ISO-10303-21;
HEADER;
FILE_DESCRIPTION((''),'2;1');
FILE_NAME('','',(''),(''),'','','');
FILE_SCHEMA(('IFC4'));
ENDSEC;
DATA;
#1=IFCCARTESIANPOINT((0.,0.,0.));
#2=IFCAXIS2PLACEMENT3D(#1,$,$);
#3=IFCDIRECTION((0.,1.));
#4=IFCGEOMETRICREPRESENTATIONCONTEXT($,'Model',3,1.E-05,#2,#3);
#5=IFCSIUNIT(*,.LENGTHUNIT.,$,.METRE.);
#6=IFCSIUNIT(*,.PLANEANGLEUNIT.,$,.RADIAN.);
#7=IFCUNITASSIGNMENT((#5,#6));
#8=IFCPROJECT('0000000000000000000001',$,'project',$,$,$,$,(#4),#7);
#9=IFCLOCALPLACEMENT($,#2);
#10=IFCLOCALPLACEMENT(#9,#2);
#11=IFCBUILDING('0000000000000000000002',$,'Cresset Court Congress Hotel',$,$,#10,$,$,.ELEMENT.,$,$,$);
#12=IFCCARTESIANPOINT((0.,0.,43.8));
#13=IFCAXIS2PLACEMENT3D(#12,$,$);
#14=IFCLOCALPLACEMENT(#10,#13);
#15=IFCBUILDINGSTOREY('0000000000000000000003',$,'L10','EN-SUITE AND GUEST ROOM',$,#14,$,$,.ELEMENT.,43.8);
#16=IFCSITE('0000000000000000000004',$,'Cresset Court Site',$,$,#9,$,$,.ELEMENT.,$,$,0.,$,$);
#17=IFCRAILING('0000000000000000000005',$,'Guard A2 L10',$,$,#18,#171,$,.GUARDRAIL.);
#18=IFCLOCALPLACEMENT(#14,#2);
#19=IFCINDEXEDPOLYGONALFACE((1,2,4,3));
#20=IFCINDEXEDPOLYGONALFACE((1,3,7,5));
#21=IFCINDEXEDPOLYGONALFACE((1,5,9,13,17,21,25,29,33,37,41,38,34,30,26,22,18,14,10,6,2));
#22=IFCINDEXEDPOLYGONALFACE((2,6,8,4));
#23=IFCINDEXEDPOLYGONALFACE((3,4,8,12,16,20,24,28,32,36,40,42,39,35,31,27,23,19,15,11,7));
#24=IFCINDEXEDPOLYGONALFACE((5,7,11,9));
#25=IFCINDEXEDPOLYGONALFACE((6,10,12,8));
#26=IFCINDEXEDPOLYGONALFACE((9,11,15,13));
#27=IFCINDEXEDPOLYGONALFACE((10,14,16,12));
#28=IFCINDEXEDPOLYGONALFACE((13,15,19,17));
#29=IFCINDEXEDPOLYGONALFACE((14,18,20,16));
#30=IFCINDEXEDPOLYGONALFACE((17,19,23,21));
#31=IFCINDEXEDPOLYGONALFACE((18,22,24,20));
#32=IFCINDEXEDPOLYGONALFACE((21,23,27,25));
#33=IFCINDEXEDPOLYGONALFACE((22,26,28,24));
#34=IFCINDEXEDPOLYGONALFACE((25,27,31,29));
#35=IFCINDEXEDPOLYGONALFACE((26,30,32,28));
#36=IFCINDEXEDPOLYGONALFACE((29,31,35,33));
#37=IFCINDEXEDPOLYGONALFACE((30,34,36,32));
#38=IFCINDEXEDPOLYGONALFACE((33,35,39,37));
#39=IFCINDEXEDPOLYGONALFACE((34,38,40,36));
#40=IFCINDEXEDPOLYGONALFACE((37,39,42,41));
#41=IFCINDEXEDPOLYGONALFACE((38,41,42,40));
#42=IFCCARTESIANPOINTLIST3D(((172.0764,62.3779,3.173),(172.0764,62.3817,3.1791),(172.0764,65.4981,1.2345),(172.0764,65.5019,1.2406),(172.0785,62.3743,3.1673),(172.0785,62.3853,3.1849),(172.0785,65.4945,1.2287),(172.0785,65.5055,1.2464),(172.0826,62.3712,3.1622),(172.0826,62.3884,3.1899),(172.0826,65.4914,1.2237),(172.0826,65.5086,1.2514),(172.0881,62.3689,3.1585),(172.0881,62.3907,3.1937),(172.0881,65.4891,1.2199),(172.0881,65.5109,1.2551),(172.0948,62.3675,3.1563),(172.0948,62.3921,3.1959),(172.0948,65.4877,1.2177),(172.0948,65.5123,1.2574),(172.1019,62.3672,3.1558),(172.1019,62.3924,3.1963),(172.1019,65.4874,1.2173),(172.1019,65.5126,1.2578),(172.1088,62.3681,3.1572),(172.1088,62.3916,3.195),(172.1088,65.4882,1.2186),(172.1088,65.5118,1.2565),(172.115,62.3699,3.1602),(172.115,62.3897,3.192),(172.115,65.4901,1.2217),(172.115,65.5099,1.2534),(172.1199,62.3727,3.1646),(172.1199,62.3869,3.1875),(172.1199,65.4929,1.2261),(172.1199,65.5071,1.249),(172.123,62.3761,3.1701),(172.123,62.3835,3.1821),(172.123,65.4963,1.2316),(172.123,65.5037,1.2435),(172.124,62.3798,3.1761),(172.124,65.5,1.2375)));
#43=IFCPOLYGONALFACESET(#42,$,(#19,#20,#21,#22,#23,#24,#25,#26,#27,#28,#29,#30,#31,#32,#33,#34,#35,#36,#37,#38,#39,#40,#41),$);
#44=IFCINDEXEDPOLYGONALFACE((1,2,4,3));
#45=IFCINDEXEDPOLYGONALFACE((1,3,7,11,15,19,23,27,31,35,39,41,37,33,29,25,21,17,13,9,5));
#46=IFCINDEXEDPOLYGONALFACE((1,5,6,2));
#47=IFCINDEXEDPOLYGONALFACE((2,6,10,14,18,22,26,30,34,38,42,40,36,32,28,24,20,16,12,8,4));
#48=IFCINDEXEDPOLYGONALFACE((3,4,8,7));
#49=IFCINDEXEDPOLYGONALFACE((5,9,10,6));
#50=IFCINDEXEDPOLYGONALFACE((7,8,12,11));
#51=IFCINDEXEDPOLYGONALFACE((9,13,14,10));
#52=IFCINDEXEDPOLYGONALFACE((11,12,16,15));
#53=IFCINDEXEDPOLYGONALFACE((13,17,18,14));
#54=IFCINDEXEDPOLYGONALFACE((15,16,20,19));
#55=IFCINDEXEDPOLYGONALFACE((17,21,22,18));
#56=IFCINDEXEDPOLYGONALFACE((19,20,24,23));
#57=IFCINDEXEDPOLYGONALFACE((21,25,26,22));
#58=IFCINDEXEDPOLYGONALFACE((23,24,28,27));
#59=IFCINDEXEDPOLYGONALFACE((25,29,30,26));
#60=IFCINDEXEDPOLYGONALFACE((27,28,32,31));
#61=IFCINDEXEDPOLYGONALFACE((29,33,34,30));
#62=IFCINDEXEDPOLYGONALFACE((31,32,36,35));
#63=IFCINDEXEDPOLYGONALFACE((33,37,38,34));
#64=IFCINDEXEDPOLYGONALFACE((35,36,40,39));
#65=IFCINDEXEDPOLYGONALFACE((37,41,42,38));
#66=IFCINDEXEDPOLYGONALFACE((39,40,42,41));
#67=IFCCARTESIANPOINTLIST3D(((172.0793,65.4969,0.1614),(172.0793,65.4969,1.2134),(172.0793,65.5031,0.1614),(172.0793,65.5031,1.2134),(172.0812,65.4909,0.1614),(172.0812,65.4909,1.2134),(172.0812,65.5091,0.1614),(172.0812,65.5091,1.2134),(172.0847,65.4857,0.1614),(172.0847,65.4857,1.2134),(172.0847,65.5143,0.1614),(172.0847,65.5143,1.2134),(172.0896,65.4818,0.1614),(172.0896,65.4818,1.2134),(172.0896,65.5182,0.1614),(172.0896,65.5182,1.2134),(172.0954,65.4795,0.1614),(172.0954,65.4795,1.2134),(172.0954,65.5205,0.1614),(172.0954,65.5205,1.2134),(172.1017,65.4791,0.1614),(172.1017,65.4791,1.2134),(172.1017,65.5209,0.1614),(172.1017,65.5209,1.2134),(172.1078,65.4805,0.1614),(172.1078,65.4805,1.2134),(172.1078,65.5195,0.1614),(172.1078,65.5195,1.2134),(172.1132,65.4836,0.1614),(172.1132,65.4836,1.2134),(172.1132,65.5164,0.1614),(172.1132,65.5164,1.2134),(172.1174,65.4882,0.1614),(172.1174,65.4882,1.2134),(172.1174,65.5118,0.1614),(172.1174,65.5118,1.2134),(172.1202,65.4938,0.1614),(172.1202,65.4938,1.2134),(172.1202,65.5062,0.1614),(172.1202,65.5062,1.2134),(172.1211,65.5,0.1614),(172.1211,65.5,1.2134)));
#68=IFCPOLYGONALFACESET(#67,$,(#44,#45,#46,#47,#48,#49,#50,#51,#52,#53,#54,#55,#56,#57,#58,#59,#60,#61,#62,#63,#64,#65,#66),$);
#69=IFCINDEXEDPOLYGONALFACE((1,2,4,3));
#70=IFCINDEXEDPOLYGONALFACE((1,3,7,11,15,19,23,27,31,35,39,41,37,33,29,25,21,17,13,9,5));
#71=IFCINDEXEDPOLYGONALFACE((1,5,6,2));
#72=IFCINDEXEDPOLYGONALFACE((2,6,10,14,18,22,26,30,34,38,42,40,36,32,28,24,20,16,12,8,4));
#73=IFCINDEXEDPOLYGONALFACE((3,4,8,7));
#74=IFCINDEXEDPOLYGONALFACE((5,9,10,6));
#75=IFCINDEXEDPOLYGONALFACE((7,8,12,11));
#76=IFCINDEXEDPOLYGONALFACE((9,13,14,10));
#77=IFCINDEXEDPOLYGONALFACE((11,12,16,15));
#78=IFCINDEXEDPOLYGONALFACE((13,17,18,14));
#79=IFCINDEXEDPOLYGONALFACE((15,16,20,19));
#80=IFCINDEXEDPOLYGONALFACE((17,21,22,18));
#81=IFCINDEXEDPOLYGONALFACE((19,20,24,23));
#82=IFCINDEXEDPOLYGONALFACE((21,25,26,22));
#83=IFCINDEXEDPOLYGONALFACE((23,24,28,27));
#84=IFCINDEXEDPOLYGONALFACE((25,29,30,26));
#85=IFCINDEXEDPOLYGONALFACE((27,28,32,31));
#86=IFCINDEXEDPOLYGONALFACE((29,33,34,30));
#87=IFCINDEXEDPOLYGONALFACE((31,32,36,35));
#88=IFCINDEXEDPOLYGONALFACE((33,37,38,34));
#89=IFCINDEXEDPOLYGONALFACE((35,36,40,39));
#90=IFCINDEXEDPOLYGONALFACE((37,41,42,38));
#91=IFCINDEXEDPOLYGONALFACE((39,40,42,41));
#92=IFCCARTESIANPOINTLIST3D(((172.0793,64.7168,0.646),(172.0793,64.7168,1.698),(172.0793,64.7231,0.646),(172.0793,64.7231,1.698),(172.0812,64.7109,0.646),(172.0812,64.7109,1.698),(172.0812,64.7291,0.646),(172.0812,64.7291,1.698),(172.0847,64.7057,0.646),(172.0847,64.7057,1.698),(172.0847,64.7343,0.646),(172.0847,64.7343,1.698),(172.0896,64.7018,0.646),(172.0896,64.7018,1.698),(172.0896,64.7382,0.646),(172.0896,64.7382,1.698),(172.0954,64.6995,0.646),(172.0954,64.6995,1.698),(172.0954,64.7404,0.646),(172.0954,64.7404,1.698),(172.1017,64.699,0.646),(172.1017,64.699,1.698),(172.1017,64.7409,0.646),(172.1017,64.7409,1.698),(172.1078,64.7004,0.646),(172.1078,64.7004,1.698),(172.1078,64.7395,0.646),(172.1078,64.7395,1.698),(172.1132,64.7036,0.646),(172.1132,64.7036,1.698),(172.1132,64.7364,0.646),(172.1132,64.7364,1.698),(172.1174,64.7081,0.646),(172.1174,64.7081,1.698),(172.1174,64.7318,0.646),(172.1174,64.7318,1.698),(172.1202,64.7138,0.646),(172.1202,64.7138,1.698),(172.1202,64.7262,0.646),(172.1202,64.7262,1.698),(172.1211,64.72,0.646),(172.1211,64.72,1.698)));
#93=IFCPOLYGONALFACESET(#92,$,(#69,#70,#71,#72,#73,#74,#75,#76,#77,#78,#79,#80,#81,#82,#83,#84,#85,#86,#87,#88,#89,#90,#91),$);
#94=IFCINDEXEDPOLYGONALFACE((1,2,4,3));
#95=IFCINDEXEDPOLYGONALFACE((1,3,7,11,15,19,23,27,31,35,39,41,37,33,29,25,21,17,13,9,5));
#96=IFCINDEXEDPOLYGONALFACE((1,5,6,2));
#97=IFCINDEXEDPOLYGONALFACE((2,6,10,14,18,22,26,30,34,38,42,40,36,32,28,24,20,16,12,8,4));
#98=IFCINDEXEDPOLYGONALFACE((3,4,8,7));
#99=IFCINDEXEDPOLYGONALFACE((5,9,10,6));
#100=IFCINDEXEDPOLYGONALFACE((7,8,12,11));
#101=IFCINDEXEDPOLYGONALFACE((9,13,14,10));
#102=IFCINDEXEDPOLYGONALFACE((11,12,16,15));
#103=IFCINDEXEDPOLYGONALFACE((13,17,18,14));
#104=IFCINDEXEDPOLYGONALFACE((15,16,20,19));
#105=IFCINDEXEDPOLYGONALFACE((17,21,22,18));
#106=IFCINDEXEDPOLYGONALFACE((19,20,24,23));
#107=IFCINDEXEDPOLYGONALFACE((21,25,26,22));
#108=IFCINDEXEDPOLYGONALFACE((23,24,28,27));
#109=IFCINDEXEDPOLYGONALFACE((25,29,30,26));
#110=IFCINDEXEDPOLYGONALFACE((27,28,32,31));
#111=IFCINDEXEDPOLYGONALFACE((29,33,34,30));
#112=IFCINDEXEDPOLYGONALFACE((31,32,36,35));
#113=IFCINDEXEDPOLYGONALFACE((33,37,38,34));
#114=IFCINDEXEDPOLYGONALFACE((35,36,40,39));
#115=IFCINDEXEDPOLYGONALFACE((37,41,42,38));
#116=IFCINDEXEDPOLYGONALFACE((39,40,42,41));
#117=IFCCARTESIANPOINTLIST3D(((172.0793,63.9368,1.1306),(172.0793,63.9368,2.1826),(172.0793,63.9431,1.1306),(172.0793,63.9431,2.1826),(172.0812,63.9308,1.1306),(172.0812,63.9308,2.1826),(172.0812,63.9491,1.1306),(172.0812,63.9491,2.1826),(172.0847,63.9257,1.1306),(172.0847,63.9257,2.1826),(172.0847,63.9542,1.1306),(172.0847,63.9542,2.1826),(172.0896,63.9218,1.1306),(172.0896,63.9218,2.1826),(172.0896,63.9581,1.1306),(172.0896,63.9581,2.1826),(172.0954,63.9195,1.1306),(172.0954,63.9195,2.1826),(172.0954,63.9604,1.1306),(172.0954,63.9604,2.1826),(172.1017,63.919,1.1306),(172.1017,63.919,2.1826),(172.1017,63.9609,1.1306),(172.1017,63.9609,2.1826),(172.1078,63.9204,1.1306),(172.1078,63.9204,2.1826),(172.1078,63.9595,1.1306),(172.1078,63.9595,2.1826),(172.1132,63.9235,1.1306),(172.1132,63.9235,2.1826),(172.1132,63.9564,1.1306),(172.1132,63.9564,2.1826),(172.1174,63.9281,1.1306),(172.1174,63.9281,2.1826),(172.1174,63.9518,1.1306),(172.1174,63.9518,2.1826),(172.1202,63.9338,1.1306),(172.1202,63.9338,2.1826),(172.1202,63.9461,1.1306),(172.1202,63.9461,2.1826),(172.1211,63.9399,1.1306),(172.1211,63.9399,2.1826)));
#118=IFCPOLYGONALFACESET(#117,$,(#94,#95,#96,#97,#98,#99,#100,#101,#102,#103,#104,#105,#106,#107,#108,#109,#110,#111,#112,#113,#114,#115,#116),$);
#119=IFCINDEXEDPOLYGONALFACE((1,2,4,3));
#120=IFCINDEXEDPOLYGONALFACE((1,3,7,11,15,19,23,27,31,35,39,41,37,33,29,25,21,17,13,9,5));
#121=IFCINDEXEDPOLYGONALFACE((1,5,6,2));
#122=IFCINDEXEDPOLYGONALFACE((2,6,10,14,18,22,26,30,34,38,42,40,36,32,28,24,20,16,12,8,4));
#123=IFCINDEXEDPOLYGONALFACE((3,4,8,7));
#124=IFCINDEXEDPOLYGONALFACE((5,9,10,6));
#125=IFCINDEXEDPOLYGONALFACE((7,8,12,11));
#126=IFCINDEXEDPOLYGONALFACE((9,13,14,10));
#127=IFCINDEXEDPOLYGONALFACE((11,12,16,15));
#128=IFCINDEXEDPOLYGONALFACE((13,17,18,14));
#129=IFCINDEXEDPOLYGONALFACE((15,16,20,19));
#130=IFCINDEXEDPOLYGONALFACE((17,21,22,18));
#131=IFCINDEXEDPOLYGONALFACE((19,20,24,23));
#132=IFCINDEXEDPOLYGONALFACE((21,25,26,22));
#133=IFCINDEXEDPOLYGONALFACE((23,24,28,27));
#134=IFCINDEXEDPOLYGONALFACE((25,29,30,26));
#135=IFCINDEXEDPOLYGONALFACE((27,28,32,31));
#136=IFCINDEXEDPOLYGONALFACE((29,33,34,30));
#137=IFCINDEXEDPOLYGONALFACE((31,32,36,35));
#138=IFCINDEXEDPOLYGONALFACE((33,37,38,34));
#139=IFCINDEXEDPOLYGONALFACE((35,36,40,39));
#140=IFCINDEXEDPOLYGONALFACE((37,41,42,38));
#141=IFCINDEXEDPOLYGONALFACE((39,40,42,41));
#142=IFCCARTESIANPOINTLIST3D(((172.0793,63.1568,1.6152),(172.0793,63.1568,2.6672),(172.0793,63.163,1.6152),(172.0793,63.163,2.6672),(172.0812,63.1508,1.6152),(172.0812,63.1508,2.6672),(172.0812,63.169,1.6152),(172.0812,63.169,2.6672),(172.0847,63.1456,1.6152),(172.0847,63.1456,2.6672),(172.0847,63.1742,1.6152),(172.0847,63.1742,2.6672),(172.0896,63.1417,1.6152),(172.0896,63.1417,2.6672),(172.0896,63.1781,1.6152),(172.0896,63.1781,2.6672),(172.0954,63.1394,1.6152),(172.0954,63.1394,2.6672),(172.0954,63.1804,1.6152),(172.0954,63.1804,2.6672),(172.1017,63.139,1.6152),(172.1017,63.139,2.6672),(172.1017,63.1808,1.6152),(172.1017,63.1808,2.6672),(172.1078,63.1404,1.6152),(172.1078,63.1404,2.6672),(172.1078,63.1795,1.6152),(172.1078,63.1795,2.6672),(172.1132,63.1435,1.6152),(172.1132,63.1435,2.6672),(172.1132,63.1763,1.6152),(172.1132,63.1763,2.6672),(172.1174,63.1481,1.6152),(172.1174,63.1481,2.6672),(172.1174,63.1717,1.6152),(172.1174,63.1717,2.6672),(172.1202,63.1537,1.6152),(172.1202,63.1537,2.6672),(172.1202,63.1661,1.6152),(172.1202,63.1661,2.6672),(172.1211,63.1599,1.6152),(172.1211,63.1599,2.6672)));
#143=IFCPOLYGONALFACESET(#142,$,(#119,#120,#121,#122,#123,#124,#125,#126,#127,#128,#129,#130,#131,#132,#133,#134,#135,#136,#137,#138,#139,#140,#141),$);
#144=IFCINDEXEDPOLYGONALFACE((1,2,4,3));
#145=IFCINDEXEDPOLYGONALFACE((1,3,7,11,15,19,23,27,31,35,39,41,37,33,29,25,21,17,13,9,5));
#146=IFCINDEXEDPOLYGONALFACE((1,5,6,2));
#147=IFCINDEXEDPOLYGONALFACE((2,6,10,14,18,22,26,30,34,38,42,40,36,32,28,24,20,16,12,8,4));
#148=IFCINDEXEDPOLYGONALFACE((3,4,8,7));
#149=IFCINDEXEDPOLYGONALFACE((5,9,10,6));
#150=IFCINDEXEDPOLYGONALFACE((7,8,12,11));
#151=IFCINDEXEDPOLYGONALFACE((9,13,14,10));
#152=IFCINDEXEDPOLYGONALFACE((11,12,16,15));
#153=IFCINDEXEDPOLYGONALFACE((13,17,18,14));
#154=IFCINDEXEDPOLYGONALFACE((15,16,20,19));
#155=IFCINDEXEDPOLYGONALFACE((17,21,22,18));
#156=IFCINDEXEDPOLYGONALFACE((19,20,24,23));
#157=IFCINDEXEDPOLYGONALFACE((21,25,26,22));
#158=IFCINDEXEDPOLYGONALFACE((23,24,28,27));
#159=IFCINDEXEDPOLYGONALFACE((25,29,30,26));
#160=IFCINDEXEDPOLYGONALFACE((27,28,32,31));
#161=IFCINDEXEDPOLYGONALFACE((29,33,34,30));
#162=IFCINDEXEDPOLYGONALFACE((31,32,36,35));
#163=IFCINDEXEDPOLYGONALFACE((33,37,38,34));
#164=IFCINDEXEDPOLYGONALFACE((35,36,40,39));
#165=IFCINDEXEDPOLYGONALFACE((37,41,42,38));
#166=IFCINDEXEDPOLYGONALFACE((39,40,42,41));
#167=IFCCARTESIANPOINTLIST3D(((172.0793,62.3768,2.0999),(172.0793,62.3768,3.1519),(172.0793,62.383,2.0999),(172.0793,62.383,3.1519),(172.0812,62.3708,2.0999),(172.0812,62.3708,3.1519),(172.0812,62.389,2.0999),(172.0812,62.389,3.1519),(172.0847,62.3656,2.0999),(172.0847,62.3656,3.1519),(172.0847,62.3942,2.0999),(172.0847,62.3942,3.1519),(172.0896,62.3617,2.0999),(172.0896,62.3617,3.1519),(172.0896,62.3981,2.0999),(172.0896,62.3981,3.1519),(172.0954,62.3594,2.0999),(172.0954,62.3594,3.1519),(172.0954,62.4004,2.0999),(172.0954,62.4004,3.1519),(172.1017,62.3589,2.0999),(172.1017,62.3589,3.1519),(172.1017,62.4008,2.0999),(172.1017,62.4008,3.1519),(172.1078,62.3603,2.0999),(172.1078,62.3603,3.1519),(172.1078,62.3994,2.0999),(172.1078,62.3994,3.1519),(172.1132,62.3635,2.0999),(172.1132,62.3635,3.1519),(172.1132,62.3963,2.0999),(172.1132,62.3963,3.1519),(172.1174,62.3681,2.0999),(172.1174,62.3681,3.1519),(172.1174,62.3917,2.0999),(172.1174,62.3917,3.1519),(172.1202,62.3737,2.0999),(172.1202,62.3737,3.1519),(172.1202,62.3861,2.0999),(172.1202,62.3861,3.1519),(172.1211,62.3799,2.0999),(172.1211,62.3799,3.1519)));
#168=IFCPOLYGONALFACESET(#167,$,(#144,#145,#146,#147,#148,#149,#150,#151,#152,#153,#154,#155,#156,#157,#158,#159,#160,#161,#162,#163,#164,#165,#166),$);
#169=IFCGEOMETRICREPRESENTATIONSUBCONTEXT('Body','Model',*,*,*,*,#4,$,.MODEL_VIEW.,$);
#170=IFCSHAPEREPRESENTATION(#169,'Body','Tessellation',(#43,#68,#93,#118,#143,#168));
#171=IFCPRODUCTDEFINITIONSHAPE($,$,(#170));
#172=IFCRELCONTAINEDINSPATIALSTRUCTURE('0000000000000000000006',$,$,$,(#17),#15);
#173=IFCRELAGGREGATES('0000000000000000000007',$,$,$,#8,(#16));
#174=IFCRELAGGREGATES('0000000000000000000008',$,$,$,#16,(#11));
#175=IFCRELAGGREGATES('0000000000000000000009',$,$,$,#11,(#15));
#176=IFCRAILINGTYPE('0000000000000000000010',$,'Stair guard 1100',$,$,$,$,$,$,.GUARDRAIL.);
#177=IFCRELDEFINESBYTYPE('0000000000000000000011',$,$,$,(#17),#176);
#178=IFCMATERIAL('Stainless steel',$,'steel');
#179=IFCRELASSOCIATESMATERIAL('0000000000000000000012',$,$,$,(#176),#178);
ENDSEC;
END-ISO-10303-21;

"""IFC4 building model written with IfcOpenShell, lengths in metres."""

from ifc_helpers import new_model, si_unit, direction, frame, origin, origin_2d, place, context, subcontext, project, spatial, circle, extrude, material, type_object, element, save


model = new_model("IFC4")

# Units and contexts
model_context = context("Model", 3, precision=1e-05, world=origin(), true_north=direction((0.0, 1.0)))
body_context = subcontext(model_context, "Body", "Model", "MODEL_VIEW")
ifc_project = project(units=[si_unit("LENGTHUNIT", "METRE"), si_unit("PLANEANGLEUNIT", "RADIAN")], contexts=[model_context])

# Site, building, storey
site_placement = place(None, origin())
site = spatial("IfcSite", under=ifc_project, at=site_placement, Name="Cresset Court Site", CompositionType="ELEMENT", RefElevation=0.0)
building_placement = place(site_placement, origin())
building = spatial("IfcBuilding", under=site, at=building_placement, Name="Cresset Court Congress Hotel", CompositionType="ELEMENT")
storey_placement = place(building_placement, frame((0.0, 0.0, 43.8)))
storey = spatial("IfcBuildingStorey", under=building, at=storey_placement, Name="L10", Description="EN-SUITE AND GUEST ROOM", CompositionType="ELEMENT", Elevation=43.8)

# Railing
ifc_material_1 = material(Name="Stainless steel", Category="steel")
railing_type_1 = type_object("IfcRailingType", Name="Stair guard 1100", PredefinedType="GUARDRAIL", material=ifc_material_1)
railing_1_placement = place(storey_placement, frame((172.1001, 65.5, 0.1614)))
element("IfcRailing", 1, at=railing_1_placement, inside=storey, type_object=railing_type_1, Name="Guard A2 L10", PredefinedType="GUARDRAIL", context=body_context, shape_type="SweptSolid", body=[
    extrude(circle(Radius=0.0239, at=origin_2d()), frame((0.0, 0.0, 1.0762), z_axis=(0.0, -0.849414, 0.527727), x_axis=(1.0, 0.0, 0.0)), (0.0, 0.0, 1.0), 3.6733),
    extrude(circle(Radius=0.021, at=origin_2d()), origin(), (0.0, 0.0, 1.0), 1.052),
    extrude(circle(Radius=0.021, at=origin_2d()), frame((0.0, -0.78, 0.4846)), (0.0, 0.0, 1.0), 1.052),
    extrude(circle(Radius=0.021, at=origin_2d()), frame((0.0, -1.5601, 0.9692)), (0.0, 0.0, 1.0), 1.052),
    extrude(circle(Radius=0.021, at=origin_2d()), frame((0.0, -2.3401, 1.4539)), (0.0, 0.0, 1.0), 1.052),
    extrude(circle(Radius=0.021, at=origin_2d()), frame((0.0, -3.1201, 1.9385)), (0.0, 0.0, 1.0), 1.052),
])

save(model, "model.ifc")
